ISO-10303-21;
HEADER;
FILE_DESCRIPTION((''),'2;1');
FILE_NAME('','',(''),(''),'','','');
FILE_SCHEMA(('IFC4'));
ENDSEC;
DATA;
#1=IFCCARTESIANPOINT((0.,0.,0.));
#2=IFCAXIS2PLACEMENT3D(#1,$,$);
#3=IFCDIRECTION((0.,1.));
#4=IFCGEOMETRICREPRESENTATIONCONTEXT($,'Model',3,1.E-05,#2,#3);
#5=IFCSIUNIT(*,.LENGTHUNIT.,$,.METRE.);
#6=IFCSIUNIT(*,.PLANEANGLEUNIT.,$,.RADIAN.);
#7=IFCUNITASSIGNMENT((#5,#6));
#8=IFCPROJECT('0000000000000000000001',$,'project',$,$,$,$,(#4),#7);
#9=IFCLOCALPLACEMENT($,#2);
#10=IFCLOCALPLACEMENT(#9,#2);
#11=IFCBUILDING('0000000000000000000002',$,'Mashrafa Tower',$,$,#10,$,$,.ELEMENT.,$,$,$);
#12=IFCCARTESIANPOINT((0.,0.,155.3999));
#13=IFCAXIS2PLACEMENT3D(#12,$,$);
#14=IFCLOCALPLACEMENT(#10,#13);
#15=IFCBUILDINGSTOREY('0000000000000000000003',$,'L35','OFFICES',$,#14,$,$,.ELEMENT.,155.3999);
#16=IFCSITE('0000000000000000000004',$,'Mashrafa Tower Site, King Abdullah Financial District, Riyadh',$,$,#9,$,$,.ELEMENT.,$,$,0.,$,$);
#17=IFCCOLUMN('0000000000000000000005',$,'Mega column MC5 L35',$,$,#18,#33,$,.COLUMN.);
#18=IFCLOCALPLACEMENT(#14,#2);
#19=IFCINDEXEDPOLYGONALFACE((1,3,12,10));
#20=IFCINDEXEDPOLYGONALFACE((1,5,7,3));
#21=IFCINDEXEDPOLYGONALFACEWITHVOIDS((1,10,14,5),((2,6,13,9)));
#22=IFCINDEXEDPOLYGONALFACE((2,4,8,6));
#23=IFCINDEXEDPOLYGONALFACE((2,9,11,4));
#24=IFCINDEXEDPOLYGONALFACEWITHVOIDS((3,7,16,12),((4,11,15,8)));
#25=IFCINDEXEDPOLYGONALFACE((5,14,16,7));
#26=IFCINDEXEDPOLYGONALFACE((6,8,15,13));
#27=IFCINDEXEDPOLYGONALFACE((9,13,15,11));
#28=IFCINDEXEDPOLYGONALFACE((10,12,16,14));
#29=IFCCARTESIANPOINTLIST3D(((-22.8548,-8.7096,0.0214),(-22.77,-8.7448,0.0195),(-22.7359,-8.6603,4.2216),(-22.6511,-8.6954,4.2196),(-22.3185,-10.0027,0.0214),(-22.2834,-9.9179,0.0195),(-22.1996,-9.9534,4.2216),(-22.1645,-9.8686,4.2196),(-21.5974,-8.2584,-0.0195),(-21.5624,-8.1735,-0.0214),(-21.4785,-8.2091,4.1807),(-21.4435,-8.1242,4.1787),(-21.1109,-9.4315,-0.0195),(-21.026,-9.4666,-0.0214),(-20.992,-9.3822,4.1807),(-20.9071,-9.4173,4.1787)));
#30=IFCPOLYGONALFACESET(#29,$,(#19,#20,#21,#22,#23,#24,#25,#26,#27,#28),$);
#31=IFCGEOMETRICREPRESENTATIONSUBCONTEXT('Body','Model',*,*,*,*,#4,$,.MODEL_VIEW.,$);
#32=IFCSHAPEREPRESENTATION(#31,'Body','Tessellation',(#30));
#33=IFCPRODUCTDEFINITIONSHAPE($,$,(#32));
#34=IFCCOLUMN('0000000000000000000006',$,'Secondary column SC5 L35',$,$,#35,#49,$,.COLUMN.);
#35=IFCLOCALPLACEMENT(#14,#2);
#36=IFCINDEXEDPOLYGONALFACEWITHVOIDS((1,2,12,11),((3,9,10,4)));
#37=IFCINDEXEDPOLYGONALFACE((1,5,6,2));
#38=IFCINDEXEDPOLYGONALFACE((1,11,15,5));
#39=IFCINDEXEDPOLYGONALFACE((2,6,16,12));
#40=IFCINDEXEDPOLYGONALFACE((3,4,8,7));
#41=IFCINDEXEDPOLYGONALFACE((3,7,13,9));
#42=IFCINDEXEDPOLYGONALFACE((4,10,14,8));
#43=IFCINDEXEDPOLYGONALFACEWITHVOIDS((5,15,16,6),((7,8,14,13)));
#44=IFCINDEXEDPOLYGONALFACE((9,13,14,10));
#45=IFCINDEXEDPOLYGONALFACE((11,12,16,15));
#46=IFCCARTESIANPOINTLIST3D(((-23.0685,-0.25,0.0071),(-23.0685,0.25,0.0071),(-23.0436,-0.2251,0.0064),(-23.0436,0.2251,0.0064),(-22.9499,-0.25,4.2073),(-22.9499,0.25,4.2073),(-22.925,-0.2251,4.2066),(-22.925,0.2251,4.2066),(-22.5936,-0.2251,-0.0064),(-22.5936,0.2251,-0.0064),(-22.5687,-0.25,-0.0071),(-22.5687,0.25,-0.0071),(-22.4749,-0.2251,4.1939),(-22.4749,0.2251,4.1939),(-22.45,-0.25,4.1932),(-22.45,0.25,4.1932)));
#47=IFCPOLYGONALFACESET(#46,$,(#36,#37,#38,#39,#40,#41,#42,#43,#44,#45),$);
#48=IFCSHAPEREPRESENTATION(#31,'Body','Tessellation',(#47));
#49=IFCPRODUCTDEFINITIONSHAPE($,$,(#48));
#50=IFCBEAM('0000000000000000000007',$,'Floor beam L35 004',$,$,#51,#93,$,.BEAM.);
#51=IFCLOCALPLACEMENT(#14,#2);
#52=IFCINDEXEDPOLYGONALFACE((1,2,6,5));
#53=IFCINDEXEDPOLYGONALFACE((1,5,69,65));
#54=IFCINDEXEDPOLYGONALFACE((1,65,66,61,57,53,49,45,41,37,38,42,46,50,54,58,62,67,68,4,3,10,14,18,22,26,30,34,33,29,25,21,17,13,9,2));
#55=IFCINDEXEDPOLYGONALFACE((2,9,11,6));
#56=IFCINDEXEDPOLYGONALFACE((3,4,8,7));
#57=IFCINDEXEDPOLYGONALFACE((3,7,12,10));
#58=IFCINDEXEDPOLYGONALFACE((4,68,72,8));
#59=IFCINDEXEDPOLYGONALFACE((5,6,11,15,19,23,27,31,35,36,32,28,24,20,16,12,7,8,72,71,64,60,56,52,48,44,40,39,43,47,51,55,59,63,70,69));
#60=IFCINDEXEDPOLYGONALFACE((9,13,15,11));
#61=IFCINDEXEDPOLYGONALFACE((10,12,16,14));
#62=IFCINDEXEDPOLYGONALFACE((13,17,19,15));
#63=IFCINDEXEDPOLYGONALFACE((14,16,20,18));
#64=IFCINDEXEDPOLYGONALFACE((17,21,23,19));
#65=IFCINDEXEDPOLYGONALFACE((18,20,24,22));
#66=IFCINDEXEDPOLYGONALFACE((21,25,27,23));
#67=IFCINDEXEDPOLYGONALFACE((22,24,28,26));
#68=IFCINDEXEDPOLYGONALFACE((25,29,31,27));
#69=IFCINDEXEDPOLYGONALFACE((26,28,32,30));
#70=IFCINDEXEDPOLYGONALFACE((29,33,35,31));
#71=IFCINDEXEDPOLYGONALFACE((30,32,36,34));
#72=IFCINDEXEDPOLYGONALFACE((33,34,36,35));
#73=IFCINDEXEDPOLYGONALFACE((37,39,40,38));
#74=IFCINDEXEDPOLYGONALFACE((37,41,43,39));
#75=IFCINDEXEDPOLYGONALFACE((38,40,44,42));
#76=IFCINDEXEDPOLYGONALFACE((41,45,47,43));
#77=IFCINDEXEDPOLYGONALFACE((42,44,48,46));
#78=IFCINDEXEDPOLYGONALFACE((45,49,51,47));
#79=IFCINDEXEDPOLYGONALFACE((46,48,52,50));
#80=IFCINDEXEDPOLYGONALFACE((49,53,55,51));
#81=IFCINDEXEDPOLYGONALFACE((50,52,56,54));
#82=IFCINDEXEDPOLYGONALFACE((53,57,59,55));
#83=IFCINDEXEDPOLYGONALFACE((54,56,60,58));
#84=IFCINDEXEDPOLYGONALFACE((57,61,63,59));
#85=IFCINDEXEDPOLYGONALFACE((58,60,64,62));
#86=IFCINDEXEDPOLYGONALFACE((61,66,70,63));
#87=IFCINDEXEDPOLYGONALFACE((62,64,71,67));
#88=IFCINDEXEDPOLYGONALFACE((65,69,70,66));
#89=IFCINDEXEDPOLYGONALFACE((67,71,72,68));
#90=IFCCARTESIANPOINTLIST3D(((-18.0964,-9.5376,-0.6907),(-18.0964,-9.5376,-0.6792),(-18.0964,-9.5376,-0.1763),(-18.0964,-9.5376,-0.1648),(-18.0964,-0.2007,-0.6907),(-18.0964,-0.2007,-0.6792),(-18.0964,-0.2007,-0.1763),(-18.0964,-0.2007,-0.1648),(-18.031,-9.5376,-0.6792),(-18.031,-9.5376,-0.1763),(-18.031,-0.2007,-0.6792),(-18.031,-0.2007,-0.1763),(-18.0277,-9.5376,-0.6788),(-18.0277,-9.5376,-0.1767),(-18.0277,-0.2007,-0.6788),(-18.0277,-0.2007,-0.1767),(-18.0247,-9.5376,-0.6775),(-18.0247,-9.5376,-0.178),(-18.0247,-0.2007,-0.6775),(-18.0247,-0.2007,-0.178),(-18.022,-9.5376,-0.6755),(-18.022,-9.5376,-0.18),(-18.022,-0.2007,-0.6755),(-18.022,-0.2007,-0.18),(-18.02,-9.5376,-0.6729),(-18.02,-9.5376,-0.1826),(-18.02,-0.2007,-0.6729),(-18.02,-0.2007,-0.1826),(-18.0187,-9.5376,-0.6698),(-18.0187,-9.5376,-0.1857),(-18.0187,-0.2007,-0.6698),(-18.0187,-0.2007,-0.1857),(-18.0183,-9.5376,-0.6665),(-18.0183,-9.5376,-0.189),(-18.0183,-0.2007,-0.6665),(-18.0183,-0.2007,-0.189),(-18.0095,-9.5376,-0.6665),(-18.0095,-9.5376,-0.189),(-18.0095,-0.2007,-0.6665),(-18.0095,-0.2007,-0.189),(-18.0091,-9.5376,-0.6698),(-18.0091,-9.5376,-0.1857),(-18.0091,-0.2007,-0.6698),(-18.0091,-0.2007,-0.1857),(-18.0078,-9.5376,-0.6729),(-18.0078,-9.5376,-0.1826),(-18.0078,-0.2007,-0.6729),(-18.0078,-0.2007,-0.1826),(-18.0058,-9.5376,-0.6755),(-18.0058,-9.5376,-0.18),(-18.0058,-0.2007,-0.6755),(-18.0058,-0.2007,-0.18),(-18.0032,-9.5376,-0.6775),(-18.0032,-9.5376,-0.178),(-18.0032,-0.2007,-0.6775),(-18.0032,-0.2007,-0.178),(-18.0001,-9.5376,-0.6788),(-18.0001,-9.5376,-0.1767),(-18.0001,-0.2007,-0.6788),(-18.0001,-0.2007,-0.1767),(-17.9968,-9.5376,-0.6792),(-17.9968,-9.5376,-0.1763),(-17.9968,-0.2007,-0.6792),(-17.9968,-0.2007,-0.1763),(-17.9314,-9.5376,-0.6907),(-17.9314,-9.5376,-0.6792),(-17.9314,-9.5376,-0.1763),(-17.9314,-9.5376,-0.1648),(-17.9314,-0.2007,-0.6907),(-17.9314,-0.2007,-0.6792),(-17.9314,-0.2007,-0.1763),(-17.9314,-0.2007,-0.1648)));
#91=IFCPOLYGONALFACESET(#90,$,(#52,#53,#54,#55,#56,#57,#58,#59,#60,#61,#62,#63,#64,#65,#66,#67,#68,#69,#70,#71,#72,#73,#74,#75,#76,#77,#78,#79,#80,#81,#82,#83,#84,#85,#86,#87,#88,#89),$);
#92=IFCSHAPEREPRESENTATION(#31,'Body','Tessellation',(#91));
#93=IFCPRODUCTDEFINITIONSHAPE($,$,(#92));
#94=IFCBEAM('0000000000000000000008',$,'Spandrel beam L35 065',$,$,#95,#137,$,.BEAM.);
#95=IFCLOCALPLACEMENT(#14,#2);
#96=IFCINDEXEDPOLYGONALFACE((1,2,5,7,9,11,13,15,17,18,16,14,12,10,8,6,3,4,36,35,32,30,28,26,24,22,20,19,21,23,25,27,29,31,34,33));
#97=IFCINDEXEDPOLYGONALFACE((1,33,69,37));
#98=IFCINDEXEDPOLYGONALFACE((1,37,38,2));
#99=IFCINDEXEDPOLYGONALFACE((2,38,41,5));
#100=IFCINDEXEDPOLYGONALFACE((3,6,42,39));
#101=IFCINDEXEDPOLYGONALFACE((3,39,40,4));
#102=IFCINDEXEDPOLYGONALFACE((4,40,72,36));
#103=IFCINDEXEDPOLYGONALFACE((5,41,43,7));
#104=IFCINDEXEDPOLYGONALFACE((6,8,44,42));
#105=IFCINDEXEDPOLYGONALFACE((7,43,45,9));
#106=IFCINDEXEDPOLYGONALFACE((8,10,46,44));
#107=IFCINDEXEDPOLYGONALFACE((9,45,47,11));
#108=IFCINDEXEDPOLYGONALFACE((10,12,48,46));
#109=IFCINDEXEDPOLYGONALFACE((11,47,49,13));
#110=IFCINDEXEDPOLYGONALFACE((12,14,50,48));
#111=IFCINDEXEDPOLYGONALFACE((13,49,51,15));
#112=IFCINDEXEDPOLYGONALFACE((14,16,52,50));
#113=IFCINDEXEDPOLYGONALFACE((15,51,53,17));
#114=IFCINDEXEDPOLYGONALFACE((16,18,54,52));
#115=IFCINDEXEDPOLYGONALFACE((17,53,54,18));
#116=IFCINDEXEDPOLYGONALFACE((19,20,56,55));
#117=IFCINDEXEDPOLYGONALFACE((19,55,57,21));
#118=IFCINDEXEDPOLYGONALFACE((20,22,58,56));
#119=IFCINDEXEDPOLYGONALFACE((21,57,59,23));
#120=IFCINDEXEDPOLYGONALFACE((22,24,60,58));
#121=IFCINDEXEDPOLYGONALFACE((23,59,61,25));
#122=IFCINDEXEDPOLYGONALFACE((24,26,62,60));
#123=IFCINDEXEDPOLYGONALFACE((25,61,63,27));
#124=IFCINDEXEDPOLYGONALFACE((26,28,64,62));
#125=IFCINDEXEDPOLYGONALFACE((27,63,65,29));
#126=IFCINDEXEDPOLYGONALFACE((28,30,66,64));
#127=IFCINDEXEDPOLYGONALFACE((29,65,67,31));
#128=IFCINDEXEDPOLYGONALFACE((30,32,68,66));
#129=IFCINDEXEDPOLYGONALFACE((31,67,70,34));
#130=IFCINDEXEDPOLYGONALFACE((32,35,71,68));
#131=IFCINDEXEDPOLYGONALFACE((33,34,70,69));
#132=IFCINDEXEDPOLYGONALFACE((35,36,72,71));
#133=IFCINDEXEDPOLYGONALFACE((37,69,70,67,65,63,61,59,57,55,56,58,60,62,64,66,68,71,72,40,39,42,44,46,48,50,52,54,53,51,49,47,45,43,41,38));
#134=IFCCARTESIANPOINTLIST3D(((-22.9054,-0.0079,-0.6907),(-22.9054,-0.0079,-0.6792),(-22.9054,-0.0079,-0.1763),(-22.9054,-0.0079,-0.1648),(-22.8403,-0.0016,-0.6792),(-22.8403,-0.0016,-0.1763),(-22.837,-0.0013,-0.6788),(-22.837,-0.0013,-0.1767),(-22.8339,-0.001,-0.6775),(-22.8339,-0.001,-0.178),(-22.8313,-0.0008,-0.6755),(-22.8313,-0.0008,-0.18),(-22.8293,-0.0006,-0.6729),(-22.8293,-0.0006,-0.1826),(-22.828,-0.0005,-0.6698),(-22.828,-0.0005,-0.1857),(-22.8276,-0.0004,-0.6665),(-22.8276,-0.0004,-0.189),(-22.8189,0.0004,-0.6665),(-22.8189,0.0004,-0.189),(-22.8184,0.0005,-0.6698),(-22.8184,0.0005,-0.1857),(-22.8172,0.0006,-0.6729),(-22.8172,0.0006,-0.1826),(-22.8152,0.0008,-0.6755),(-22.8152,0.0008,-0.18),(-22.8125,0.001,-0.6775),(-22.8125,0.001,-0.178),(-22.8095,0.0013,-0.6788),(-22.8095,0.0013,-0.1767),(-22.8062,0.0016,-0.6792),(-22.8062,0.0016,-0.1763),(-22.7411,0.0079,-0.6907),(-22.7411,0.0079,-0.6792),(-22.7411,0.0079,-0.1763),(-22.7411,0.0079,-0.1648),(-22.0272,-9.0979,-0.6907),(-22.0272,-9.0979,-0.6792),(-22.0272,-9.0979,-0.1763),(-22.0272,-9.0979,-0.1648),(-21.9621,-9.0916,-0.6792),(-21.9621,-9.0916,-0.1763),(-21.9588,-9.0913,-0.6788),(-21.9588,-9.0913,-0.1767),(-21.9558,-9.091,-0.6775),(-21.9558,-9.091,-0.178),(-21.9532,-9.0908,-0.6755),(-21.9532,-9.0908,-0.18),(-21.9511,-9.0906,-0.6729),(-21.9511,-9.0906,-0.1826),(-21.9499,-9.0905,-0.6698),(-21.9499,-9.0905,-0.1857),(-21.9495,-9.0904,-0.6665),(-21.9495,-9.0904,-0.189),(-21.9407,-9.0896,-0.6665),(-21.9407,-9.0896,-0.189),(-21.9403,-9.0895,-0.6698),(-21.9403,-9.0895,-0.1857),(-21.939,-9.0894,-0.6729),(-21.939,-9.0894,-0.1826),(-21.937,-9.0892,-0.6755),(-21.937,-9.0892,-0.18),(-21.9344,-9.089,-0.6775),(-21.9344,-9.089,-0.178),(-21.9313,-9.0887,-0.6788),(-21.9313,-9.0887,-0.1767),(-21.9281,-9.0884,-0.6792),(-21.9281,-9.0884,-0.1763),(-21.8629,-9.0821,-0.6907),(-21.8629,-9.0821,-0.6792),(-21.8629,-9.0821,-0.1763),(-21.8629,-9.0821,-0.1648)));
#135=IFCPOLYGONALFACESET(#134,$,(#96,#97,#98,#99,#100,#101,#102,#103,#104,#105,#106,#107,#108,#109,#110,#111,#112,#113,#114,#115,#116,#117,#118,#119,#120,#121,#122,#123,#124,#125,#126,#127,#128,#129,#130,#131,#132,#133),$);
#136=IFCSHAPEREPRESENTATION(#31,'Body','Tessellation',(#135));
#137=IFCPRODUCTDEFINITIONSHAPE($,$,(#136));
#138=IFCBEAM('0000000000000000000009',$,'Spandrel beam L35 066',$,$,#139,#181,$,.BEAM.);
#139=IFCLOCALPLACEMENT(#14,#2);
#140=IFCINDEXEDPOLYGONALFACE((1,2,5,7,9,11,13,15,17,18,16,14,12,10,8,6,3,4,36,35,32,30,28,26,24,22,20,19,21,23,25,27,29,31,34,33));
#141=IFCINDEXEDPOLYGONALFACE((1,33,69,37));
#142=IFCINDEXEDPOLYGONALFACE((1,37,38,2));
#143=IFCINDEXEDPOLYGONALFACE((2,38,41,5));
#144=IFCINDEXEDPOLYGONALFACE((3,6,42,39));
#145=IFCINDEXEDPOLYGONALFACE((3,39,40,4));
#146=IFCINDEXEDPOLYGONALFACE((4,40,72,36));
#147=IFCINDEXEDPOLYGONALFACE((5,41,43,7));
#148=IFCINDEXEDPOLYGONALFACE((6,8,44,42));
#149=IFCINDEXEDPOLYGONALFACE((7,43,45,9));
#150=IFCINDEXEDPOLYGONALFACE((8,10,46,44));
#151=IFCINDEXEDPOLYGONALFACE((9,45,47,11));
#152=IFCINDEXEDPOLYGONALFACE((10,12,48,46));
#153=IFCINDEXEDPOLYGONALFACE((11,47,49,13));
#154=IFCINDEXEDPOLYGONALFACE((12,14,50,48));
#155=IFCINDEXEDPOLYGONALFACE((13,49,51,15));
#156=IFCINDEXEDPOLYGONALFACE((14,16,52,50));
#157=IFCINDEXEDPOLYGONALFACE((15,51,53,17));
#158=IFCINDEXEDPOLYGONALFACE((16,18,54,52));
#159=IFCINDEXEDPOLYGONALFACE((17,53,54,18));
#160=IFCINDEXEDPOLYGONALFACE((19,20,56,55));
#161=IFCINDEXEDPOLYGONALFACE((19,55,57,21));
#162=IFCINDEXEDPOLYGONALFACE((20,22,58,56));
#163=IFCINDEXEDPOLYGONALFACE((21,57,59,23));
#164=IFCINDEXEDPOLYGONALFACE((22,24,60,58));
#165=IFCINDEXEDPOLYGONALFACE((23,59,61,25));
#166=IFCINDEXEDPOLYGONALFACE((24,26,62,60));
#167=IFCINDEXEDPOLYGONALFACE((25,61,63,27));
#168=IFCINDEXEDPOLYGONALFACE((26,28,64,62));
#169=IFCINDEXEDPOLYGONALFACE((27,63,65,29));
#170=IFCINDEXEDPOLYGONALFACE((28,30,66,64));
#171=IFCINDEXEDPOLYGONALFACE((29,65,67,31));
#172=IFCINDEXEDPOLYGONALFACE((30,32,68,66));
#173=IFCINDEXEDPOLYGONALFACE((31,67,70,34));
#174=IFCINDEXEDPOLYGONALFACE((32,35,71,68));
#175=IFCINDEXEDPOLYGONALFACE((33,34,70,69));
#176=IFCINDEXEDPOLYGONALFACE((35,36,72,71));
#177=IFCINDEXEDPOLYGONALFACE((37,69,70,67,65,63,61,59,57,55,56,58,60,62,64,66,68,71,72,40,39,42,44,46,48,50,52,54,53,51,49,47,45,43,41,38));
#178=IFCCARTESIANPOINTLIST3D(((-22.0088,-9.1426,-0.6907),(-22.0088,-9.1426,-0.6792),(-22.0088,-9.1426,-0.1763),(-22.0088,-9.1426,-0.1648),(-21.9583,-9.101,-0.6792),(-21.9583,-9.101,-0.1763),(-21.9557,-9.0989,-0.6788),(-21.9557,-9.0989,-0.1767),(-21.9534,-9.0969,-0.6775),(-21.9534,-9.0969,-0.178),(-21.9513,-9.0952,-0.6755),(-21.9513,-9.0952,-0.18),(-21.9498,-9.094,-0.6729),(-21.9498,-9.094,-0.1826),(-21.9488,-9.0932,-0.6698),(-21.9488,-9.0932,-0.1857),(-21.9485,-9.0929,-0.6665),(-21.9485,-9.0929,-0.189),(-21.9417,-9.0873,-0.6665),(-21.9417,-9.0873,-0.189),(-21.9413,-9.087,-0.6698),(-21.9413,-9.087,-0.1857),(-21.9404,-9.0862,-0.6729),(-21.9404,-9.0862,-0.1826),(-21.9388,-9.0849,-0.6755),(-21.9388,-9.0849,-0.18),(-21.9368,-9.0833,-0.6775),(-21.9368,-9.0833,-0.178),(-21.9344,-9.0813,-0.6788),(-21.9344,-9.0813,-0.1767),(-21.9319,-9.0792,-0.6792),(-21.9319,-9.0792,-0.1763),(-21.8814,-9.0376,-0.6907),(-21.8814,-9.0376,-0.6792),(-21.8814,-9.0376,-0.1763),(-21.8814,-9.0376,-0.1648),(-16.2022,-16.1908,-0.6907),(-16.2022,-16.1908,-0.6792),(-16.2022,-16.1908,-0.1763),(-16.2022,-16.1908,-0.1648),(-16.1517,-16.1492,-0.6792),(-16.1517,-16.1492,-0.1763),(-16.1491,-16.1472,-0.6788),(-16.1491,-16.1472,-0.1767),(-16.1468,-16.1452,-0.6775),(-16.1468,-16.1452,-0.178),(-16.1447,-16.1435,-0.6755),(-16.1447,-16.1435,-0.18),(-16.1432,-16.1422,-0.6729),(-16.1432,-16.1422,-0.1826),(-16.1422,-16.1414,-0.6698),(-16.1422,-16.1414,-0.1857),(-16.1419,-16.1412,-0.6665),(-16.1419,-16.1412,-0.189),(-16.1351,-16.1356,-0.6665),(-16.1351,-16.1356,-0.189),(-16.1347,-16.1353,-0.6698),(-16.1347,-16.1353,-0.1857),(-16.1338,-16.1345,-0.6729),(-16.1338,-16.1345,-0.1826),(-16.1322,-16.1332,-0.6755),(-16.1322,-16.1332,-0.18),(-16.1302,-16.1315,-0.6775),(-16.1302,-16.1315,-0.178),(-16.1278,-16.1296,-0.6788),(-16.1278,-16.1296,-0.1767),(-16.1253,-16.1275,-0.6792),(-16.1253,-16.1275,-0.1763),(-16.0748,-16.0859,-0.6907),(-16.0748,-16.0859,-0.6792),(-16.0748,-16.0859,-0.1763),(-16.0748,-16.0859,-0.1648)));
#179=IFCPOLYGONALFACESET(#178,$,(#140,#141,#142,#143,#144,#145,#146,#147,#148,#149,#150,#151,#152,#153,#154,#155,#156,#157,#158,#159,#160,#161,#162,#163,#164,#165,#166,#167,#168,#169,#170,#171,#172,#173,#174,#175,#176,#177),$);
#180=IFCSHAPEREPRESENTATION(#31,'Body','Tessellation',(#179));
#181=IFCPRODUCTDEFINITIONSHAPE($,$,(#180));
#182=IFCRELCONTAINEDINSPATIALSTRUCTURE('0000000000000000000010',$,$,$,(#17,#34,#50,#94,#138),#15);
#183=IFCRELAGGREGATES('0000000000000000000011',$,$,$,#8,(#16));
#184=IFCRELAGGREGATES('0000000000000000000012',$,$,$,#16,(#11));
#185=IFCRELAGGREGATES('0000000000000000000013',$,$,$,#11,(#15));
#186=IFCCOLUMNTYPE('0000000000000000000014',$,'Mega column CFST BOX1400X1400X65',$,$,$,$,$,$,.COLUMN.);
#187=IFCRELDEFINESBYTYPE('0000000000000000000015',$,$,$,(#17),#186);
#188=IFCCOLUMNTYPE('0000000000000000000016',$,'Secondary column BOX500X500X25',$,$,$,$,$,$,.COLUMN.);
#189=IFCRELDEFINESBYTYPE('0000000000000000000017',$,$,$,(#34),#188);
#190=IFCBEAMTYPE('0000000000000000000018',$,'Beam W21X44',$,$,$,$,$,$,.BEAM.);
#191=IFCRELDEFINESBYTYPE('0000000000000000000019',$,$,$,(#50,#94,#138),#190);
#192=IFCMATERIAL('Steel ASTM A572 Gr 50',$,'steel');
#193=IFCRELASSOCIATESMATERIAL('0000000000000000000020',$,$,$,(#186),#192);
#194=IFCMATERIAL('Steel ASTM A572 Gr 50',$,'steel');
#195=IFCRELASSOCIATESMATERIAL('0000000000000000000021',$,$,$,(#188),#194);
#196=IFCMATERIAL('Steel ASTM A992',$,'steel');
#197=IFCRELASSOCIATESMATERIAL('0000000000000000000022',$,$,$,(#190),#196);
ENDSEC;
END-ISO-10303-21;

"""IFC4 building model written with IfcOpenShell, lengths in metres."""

from ifc_helpers import new_model, si_unit, direction, frame, origin, origin_2d, place, context, subcontext, project, spatial, hollow_rectangle, i_section, extrude, material, material_profile, profile_set, type_object, element, save


model = new_model("IFC4")

# Units and contexts
model_context = context("Model", 3, precision=1e-05, world=origin(), true_north=direction((0.0, 1.0)))
body_context = subcontext(model_context, "Body", "Model", "MODEL_VIEW")
ifc_project = project(units=[si_unit("LENGTHUNIT", "METRE"), si_unit("PLANEANGLEUNIT", "RADIAN")], contexts=[model_context])

# Site, building, storey
site_placement = place(None, origin())
site = spatial("IfcSite", under=ifc_project, at=site_placement, Name="Mashrafa Tower Site, King Abdullah Financial District, Riyadh", CompositionType="ELEMENT", RefElevation=0.0)
building_placement = place(site_placement, origin())
building = spatial("IfcBuilding", under=site, at=building_placement, Name="Mashrafa Tower", CompositionType="ELEMENT")
storey_placement = place(building_placement, frame((0.0, 0.0, 155.3999)))
storey = spatial("IfcBuildingStorey", under=building, at=storey_placement, Name="L35", Description="OFFICES", CompositionType="ELEMENT", Elevation=155.3999)

# Columns
ifc_material_1 = material(Name="Steel ASTM A572 Gr 50", Category="steel")
ifc_material_profile_1 = material_profile(ifc_material_1, hollow_rectangle(XDim=1.3999, YDim=1.3999, WallThickness=0.0649, at=origin_2d()), Name="BOX1400X1400X65")
ifc_profile_set_1 = profile_set([ifc_material_profile_1], Name="Steel ASTM A572 Gr 50")
column_type_1 = type_object("IfcColumnType", Name="Mega column CFST BOX1400X1400X65", PredefinedType="COLUMN", material=ifc_profile_set_1)
column_1_placement = place(storey_placement, frame((-21.9404, -9.0881, 0.0), z_axis=(0.028294, 0.011736, 0.999531), x_axis=(-0.383133, 0.923693, 0.0)))
element("IfcColumn", 1, at=column_1_placement, inside=storey, type_object=column_type_1, Name="Mega column MC5 L35", PredefinedType="COLUMN", context=body_context, shape_type="SweptSolid", body=[
    extrude(hollow_rectangle(XDim=1.3999, YDim=1.3999, WallThickness=0.0649, at=origin_2d()), origin(), (0.0, 0.0, 1.0), 4.2021),
])
ifc_material_2 = material(Name="Steel ASTM A572 Gr 50", Category="steel")
ifc_material_profile_2 = material_profile(ifc_material_2, hollow_rectangle(XDim=0.5, YDim=0.5, WallThickness=0.0249, at=origin_2d()), Name="BOX500X500X25")
ifc_profile_set_2 = profile_set([ifc_material_profile_2], Name="Steel ASTM A572 Gr 50")
column_type_2 = type_object("IfcColumnType", Name="Secondary column BOX500X500X25", PredefinedType="COLUMN", material=ifc_profile_set_2)
column_2_placement = place(storey_placement, frame((-22.8186, 0.0, 0.0), z_axis=(0.028238, 0.0, 0.999601), x_axis=(0.0, 1.0, 0.0)))
element("IfcColumn", 2, at=column_2_placement, inside=storey, type_object=column_type_2, Name="Secondary column SC5 L35", PredefinedType="COLUMN", context=body_context, shape_type="SweptSolid", body=[
    extrude(hollow_rectangle(XDim=0.5, YDim=0.5, WallThickness=0.0249, at=origin_2d()), origin(), (0.0, 0.0, 1.0), 4.2019),
])

# Beams
ifc_material_3 = material(Name="Steel ASTM A992", Category="steel")
ifc_material_profile_3 = material_profile(ifc_material_3, i_section(OverallWidth=0.165, OverallDepth=0.5259, WebThickness=0.0088, FlangeThickness=0.0115, FilletRadius=0.0127, at=origin_2d()), Name="W21X44")
ifc_profile_set_3 = profile_set([ifc_material_profile_3], Name="Steel ASTM A992")
beam_type_1 = type_object("IfcBeamType", Name="Beam W21X44", PredefinedType="BEAM", material=ifc_profile_set_3)
beam_1_placement = place(storey_placement, frame((-18.0139, -9.5376, -0.4277), z_axis=(0.0, 1.0, 0.0), x_axis=(-1.0, 0.0, 0.0)))
element("IfcBeam", 3, at=beam_1_placement, inside=storey, type_object=beam_type_1, Name="Floor beam L35 004", PredefinedType="BEAM", context=body_context, shape_type="SweptSolid", body=[
    extrude(i_section(OverallWidth=0.165, OverallDepth=0.5259, WebThickness=0.0088, FlangeThickness=0.0115, FilletRadius=0.0127, at=origin_2d()), origin(), (0.0, 0.0, 1.0), 9.3369),
])
beam_2_placement = place(storey_placement, frame((-22.8232, 0.0, -0.4277), z_axis=(0.09616, -0.995366, 0.0), x_axis=(0.995366, 0.09616, 0.0)))
element("IfcBeam", 4, at=beam_2_placement, inside=storey, type_object=beam_type_1, Name="Spandrel beam L35 065", PredefinedType="BEAM", context=body_context, shape_type="SweptSolid", body=[
    extrude(i_section(OverallWidth=0.165, OverallDepth=0.5259, WebThickness=0.0088, FlangeThickness=0.0115, FilletRadius=0.0127, at=origin_2d()), origin(), (0.0, 0.0, 1.0), 9.1323),
])
beam_3_placement = place(storey_placement, frame((-21.9451, -9.0901, -0.4277), z_axis=(0.635846, -0.771816, 0.0), x_axis=(0.771816, 0.635846, 0.0)))
element("IfcBeam", 5, at=beam_3_placement, inside=storey, type_object=beam_type_1, Name="Spandrel beam L35 066", PredefinedType="BEAM", context=body_context, shape_type="SweptSolid", body=[
    extrude(i_section(OverallWidth=0.165, OverallDepth=0.5259, WebThickness=0.0088, FlangeThickness=0.0115, FilletRadius=0.0127, at=origin_2d()), origin(), (0.0, 0.0, 1.0), 9.1321),
])

save(model, "model.ifc")
